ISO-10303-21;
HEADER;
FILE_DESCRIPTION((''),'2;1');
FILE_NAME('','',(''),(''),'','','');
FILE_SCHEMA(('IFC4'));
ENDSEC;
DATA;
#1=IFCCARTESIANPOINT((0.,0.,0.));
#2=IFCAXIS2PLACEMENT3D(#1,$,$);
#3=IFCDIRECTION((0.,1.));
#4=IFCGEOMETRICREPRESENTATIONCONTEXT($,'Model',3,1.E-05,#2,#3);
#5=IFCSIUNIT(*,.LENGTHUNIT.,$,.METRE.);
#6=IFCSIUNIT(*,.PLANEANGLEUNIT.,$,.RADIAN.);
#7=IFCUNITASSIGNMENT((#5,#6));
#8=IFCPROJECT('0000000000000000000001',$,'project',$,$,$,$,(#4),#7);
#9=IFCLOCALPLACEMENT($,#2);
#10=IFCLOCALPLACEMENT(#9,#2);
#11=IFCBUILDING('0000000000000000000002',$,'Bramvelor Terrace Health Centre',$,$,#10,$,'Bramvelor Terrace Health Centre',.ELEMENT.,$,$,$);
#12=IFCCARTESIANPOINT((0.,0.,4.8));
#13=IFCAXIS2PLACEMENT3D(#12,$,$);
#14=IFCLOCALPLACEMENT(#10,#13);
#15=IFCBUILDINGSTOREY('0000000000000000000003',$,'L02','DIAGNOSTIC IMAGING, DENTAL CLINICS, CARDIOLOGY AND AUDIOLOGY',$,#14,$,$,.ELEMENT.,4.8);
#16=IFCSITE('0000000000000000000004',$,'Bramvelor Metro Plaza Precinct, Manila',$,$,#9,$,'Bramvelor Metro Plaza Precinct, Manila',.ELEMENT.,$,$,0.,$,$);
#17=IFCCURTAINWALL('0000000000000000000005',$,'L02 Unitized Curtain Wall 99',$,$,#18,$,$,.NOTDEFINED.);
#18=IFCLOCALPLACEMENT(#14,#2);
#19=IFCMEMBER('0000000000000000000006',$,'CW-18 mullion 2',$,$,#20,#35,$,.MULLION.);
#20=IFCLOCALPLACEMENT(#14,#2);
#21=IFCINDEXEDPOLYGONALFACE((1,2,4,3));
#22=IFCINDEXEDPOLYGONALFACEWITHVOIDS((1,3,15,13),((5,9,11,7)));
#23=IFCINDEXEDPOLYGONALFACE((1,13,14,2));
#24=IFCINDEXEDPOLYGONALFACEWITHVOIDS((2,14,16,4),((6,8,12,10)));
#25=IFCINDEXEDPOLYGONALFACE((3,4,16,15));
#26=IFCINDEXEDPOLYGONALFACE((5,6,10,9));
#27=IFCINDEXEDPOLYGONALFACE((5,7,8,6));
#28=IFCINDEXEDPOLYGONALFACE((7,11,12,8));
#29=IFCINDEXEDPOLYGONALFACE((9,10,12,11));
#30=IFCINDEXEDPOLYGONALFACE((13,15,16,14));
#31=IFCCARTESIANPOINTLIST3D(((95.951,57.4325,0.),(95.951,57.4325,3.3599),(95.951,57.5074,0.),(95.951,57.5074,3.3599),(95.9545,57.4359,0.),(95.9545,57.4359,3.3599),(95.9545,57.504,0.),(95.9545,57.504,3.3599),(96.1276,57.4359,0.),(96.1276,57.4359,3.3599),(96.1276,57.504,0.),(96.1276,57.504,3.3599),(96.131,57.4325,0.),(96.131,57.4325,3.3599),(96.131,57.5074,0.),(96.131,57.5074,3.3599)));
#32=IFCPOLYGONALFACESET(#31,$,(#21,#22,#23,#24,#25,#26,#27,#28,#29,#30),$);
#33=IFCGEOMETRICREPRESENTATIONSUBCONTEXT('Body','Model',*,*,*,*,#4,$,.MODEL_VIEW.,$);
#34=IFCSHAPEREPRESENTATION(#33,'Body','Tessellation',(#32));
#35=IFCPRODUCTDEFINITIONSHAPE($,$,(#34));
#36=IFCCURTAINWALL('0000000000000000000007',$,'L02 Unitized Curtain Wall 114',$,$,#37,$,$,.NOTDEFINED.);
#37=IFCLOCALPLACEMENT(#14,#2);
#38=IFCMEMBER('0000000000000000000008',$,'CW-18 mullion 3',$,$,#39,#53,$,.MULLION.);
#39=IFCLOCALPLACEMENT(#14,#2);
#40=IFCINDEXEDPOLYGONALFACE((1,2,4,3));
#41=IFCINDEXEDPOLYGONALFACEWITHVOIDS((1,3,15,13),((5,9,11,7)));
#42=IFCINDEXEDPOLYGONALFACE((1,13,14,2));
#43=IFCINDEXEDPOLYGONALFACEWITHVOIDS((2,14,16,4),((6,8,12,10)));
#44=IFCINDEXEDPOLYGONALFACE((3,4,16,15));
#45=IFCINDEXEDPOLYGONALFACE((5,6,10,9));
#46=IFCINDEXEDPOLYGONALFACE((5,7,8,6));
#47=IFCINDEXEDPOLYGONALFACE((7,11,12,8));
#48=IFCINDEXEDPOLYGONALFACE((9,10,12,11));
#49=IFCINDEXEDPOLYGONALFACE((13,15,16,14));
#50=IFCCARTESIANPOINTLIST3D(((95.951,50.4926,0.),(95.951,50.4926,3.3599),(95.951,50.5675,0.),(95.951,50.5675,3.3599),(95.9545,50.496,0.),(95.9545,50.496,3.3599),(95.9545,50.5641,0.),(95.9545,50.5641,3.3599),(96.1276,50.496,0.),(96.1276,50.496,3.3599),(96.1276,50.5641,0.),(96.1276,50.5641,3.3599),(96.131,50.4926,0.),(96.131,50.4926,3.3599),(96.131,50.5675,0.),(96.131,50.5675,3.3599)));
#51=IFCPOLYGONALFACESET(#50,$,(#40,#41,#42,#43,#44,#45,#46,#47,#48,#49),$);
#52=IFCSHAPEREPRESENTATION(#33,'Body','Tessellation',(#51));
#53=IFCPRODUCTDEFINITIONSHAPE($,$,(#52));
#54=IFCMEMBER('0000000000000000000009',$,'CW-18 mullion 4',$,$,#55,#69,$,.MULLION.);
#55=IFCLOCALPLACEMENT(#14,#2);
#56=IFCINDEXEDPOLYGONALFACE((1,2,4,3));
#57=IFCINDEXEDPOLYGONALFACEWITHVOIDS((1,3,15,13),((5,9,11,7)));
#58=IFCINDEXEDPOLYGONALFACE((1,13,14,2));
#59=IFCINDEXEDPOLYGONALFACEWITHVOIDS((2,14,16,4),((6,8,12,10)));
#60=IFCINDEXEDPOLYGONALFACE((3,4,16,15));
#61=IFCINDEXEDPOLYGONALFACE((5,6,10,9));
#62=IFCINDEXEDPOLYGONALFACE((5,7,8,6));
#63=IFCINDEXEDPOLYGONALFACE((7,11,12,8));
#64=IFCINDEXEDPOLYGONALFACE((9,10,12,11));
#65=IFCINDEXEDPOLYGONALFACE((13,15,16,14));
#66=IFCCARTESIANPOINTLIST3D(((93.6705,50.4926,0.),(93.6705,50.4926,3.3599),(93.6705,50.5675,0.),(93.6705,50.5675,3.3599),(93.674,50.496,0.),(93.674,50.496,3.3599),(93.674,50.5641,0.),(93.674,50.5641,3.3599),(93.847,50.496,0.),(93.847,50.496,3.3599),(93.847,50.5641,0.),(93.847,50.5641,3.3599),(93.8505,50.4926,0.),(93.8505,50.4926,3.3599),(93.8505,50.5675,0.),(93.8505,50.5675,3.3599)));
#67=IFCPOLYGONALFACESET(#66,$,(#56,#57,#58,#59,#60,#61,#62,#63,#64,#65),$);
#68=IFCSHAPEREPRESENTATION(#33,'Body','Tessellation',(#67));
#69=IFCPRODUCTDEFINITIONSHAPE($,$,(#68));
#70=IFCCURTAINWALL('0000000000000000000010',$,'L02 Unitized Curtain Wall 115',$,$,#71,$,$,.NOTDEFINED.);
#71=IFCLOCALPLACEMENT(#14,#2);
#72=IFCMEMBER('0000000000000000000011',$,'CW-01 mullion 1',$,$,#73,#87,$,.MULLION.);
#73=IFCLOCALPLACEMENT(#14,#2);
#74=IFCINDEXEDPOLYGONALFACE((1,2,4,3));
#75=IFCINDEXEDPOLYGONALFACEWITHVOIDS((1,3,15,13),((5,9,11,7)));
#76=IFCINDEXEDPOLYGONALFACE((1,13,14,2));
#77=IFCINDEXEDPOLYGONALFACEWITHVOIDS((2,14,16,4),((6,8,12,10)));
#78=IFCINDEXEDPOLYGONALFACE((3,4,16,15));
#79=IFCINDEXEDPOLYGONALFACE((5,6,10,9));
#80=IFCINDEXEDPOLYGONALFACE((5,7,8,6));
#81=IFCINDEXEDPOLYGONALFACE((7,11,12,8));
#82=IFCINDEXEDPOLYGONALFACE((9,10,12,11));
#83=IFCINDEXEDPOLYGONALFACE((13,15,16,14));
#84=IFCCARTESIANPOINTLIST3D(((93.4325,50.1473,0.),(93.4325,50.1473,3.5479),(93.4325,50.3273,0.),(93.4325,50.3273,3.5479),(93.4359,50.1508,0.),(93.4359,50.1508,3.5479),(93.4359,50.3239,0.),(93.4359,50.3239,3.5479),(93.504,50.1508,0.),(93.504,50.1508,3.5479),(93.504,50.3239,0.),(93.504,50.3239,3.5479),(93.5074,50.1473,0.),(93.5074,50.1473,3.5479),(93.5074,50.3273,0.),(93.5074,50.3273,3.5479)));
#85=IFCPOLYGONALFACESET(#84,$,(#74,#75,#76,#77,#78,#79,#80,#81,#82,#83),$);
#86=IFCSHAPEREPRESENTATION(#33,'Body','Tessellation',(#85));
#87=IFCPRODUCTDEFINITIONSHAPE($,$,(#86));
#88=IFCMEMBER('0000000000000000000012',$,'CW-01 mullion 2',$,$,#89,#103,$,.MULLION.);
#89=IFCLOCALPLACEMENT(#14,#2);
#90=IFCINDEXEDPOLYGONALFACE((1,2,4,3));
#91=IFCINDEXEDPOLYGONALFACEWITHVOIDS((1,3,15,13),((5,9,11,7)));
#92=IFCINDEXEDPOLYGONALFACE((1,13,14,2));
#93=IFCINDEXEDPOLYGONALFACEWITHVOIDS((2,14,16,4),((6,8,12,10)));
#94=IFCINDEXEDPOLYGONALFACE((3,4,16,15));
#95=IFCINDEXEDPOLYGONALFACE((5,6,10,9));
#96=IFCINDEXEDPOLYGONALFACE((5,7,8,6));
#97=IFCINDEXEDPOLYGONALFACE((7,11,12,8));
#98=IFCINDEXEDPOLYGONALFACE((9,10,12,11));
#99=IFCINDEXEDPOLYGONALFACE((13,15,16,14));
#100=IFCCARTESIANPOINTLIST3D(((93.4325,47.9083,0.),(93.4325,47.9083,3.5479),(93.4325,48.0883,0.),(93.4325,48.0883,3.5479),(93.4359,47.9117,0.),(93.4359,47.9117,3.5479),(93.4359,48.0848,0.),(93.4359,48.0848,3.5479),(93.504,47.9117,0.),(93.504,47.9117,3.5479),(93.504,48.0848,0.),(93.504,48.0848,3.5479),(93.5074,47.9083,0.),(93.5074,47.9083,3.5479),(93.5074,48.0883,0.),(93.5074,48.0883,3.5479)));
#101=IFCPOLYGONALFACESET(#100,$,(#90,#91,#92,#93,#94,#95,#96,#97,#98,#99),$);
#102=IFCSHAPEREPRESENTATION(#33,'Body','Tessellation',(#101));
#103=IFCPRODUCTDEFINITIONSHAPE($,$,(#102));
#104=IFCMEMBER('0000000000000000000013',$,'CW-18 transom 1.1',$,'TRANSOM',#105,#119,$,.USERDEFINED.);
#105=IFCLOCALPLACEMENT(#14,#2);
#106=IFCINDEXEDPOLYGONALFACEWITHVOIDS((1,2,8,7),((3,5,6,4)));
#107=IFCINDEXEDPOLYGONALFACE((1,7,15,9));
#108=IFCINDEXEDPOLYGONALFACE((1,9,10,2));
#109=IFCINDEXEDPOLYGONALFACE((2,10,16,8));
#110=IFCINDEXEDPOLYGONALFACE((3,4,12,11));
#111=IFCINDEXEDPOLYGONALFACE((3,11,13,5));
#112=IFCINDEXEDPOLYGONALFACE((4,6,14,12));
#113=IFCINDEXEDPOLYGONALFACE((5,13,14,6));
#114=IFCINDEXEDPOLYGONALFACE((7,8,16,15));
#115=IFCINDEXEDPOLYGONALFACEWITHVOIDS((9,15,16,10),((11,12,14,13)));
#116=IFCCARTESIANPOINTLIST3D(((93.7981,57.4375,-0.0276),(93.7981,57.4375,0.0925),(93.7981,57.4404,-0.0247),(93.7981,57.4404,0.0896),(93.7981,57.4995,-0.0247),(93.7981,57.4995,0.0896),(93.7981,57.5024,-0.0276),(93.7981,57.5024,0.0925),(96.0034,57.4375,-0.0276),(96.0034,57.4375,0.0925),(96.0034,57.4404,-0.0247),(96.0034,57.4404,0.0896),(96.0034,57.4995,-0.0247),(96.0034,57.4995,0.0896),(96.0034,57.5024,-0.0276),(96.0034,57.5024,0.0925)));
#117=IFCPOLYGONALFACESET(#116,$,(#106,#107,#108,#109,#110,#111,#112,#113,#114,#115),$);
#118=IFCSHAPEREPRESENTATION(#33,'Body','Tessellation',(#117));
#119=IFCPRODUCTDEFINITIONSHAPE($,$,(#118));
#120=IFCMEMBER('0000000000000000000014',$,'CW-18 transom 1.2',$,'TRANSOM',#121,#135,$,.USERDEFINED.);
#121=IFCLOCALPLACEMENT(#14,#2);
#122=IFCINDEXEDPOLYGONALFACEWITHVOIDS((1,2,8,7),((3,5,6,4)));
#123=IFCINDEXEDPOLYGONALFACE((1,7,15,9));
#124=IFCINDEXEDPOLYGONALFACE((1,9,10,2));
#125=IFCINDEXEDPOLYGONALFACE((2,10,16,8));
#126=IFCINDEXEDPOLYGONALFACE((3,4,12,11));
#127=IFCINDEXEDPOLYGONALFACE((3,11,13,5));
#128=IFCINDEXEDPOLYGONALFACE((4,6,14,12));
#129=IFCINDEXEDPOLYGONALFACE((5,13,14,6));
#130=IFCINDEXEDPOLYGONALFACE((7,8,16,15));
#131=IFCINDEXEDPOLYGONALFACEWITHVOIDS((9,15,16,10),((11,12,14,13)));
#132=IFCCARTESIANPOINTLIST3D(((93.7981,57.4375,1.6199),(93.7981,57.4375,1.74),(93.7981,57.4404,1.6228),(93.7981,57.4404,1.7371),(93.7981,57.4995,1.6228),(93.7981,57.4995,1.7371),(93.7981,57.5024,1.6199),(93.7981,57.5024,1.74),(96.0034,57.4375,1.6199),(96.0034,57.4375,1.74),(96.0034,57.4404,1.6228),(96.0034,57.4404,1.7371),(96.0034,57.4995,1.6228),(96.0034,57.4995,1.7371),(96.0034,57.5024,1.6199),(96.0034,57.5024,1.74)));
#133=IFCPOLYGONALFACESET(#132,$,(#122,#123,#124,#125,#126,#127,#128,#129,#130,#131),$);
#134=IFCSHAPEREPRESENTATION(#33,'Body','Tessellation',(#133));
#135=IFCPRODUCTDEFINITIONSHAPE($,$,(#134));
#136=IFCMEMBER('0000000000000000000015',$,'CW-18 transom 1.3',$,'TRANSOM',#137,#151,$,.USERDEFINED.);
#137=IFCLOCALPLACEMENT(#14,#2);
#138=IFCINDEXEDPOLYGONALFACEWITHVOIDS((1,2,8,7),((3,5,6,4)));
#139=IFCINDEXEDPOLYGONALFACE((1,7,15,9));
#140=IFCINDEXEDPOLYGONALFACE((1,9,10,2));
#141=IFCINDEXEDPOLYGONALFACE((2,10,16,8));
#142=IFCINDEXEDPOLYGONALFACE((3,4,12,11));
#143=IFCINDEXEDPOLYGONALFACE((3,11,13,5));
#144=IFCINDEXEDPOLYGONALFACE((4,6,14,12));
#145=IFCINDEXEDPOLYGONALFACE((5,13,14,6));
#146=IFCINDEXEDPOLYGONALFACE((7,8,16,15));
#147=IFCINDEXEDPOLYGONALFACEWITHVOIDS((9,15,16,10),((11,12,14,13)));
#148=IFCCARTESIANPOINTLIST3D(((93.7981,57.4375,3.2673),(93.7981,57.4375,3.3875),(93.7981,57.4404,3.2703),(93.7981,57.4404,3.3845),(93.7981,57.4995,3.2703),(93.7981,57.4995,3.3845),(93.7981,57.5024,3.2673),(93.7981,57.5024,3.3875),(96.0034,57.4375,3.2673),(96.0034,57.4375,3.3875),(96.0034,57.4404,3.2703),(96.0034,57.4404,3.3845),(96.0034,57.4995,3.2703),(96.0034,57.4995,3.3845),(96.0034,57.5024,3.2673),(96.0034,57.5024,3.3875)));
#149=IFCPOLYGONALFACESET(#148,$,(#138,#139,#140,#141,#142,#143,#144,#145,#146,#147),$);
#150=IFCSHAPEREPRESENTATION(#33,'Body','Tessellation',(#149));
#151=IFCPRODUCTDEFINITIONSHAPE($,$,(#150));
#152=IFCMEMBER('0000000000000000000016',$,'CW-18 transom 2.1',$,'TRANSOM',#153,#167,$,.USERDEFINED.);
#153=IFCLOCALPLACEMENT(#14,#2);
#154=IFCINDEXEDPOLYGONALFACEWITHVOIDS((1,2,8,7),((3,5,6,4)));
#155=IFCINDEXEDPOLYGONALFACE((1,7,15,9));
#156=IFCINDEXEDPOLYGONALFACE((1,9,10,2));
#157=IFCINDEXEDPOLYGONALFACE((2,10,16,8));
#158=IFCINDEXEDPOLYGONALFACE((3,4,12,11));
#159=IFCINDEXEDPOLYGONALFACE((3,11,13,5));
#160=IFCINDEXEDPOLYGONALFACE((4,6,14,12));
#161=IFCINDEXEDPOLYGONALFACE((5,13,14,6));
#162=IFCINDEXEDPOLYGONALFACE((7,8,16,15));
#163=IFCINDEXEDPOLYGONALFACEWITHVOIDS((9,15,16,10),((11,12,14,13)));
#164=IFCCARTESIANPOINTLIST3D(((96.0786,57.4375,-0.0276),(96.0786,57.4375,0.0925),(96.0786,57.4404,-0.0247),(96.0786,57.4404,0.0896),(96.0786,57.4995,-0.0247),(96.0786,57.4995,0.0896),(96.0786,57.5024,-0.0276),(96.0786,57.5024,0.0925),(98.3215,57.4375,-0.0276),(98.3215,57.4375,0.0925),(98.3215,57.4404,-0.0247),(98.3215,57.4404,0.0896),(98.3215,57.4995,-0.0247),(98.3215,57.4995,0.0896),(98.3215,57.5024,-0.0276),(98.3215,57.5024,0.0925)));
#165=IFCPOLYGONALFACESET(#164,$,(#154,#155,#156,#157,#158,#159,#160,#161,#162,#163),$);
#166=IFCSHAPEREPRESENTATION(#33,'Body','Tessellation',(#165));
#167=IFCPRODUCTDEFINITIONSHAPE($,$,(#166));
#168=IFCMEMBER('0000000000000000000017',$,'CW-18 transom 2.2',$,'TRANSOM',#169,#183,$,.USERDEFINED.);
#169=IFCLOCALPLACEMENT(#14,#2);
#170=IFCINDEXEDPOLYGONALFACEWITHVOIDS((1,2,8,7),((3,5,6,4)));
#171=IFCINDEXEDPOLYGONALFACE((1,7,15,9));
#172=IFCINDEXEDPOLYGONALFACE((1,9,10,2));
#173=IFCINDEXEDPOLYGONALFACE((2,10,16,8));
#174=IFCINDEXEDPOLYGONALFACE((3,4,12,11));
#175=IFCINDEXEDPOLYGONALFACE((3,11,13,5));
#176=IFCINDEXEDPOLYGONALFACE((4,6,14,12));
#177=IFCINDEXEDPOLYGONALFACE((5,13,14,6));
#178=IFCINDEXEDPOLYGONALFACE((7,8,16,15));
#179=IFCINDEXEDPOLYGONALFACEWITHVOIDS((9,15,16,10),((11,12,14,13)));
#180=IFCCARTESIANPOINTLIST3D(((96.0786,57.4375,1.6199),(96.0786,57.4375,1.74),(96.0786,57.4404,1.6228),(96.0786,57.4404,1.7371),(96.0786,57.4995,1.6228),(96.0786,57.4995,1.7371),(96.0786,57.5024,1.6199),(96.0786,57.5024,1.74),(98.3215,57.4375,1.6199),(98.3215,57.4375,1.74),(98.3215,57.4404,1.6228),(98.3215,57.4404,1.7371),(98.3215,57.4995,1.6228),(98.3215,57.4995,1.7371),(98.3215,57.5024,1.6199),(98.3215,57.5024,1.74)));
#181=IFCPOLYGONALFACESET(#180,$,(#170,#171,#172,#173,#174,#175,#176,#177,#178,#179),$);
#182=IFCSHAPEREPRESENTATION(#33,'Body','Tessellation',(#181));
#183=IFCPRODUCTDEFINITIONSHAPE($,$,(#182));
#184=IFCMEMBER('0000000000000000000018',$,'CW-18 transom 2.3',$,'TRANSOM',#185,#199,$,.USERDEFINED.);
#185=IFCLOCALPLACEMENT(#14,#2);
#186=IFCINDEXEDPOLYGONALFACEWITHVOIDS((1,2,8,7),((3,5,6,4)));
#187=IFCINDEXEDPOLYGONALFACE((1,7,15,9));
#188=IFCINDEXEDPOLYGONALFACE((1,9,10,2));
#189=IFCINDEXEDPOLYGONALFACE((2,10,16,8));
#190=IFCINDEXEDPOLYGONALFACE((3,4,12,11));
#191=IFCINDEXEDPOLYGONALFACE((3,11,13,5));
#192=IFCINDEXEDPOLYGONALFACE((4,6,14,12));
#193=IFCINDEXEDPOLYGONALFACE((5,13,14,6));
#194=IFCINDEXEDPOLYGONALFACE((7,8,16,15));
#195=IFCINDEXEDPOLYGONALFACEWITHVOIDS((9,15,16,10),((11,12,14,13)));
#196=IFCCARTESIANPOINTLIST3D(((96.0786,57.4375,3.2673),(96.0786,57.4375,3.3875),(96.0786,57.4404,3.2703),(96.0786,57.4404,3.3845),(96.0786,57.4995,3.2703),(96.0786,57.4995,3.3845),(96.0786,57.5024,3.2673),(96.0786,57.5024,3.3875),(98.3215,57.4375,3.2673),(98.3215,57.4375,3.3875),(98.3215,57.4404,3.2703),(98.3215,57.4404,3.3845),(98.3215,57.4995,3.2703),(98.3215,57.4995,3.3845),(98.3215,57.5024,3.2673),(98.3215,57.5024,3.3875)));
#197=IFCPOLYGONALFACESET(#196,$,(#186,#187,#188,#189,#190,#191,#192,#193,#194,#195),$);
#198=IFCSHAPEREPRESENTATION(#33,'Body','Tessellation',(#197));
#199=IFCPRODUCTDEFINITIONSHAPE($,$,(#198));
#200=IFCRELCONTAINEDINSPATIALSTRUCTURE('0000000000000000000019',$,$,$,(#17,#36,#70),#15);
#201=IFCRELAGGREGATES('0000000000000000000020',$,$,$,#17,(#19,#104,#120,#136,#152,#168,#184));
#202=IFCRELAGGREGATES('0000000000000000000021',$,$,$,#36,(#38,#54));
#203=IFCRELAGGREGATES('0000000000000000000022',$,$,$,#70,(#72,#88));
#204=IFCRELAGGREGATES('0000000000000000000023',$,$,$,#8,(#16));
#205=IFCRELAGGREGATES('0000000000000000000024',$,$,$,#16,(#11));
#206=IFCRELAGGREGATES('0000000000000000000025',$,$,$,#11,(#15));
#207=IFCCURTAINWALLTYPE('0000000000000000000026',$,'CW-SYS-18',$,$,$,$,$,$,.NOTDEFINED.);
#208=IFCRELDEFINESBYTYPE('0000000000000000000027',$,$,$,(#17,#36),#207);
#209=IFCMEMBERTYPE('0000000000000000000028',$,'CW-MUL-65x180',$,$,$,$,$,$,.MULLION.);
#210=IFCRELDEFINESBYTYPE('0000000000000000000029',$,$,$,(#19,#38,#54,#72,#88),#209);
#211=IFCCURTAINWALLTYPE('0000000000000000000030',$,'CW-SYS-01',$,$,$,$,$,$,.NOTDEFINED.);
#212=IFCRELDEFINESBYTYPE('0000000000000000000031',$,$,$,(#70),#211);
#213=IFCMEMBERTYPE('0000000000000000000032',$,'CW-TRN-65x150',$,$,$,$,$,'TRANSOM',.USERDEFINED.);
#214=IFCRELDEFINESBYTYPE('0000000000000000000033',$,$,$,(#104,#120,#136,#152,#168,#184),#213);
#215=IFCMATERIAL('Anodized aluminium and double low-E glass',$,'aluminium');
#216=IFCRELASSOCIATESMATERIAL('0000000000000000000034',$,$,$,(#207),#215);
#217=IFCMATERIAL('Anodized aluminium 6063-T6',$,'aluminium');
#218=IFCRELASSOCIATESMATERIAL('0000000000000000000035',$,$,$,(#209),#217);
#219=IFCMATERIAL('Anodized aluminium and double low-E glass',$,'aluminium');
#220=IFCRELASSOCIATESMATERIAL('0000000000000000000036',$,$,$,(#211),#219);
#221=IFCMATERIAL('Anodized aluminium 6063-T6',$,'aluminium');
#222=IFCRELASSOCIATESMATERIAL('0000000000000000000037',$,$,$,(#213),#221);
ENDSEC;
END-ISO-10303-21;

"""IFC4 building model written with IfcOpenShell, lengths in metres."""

from ifc_helpers import new_model, si_unit, direction, frame, origin, origin_2d, place, context, subcontext, project, spatial, hollow_rectangle, extrude, material, material_profile, profile_set, type_object, element, aggregate, save


model = new_model("IFC4")

# Units and contexts
model_context = context("Model", 3, precision=1e-05, world=origin(), true_north=direction((0.0, 1.0)))
body_context = subcontext(model_context, "Body", "Model", "MODEL_VIEW")
ifc_project = project(units=[si_unit("LENGTHUNIT", "METRE"), si_unit("PLANEANGLEUNIT", "RADIAN")], contexts=[model_context])

# Site, building, storey
site_placement = place(None, origin())
site = spatial("IfcSite", under=ifc_project, at=site_placement, Name="Bramvelor Metro Plaza Precinct, Manila", LongName="Bramvelor Metro Plaza Precinct, Manila", CompositionType="ELEMENT", RefElevation=0.0)
building_placement = place(site_placement, origin())
building = spatial("IfcBuilding", under=site, at=building_placement, Name="Bramvelor Terrace Health Centre", LongName="Bramvelor Terrace Health Centre", CompositionType="ELEMENT")
storey_placement = place(building_placement, frame((0.0, 0.0, 4.8)))
storey = spatial("IfcBuildingStorey", under=building, at=storey_placement, Name="L02", Description="DIAGNOSTIC IMAGING, DENTAL CLINICS, CARDIOLOGY AND AUDIOLOGY", CompositionType="ELEMENT", Elevation=4.8)

# Curtain walls, members
ifc_material_1 = material(Name="Anodized aluminium and double low-E glass", Category="aluminium")
curtain_wall_type_1 = type_object("IfcCurtainWallType", Name="CW-SYS-18", PredefinedType="NOTDEFINED", material=ifc_material_1)
curtain_wall_1_placement = place(storey_placement, origin())
curtain_wall_1 = element("IfcCurtainWall", 1, at=curtain_wall_1_placement, inside=storey, type_object=curtain_wall_type_1, Name="L02 Unitized Curtain Wall 99", PredefinedType="NOTDEFINED")
ifc_material_2 = material(Name="Anodized aluminium 6063-T6", Category="aluminium")
ifc_material_profile_1 = material_profile(ifc_material_2, hollow_rectangle(XDim=0.075, YDim=0.1799, WallThickness=0.0034, at=origin_2d()), Name="ALU-MUL 75x180x3.5")
ifc_profile_set_1 = profile_set([ifc_material_profile_1], Name="Anodized aluminium 6063-T6")
member_type_1 = type_object("IfcMemberType", Name="CW-MUL-65x180", PredefinedType="MULLION", material=ifc_profile_set_1)
member_1_placement = place(storey_placement, frame((96.041, 57.47, 0.0), z_axis=(0.0, 0.0, 1.0), x_axis=(0.0, 1.0, 0.0)))
member_1 = element("IfcMember", 2, at=member_1_placement, type_object=member_type_1, Name="CW-18 mullion 2", PredefinedType="MULLION", context=body_context, shape_type="SweptSolid", body=[
    extrude(hollow_rectangle(XDim=0.075, YDim=0.1799, WallThickness=0.0034, at=origin_2d()), origin(), (0.0, 0.0, 1.0), 3.3599),
])
curtain_wall_2_placement = place(storey_placement, origin())
curtain_wall_2 = element("IfcCurtainWall", 3, at=curtain_wall_2_placement, inside=storey, type_object=curtain_wall_type_1, Name="L02 Unitized Curtain Wall 114", PredefinedType="NOTDEFINED")
member_2_placement = place(storey_placement, frame((96.041, 50.53, 0.0), z_axis=(0.0, 0.0, 1.0), x_axis=(0.0, -1.0, 0.0)))
member_2 = element("IfcMember", 4, at=member_2_placement, type_object=member_type_1, Name="CW-18 mullion 3", PredefinedType="MULLION", context=body_context, shape_type="SweptSolid", body=[
    extrude(hollow_rectangle(XDim=0.075, YDim=0.1799, WallThickness=0.0034, at=origin_2d()), origin(), (0.0, 0.0, 1.0), 3.3599),
])
member_3_placement = place(storey_placement, frame((93.7605, 50.53, 0.0), z_axis=(0.0, 0.0, 1.0), x_axis=(0.0, -1.0, 0.0)))
member_3 = element("IfcMember", 5, at=member_3_placement, type_object=member_type_1, Name="CW-18 mullion 4", PredefinedType="MULLION", context=body_context, shape_type="SweptSolid", body=[
    extrude(hollow_rectangle(XDim=0.075, YDim=0.1799, WallThickness=0.0034, at=origin_2d()), origin(), (0.0, 0.0, 1.0), 3.3599),
])
ifc_material_3 = material(Name="Anodized aluminium and double low-E glass", Category="aluminium")
curtain_wall_type_2 = type_object("IfcCurtainWallType", Name="CW-SYS-01", PredefinedType="NOTDEFINED", material=ifc_material_3)
curtain_wall_3_placement = place(storey_placement, origin())
curtain_wall_3 = element("IfcCurtainWall", 6, at=curtain_wall_3_placement, inside=storey, type_object=curtain_wall_type_2, Name="L02 Unitized Curtain Wall 115", PredefinedType="NOTDEFINED")
member_4_placement = place(storey_placement, frame((93.47, 50.2373, 0.0), z_axis=(0.0, 0.0, 1.0), x_axis=(1.0, 0.0, 0.0)))
member_4 = element("IfcMember", 7, at=member_4_placement, type_object=member_type_1, Name="CW-01 mullion 1", PredefinedType="MULLION", context=body_context, shape_type="SweptSolid", body=[
    extrude(hollow_rectangle(XDim=0.075, YDim=0.1799, WallThickness=0.0034, at=origin_2d()), origin(), (0.0, 0.0, 1.0), 3.5479),
])
member_5_placement = place(storey_placement, frame((93.47, 47.9983, 0.0), z_axis=(0.0, 0.0, 1.0), x_axis=(1.0, 0.0, 0.0)))
member_5 = element("IfcMember", 8, at=member_5_placement, type_object=member_type_1, Name="CW-01 mullion 2", PredefinedType="MULLION", context=body_context, shape_type="SweptSolid", body=[
    extrude(hollow_rectangle(XDim=0.075, YDim=0.1799, WallThickness=0.0034, at=origin_2d()), origin(), (0.0, 0.0, 1.0), 3.5479),
])

# Members
ifc_material_4 = material(Name="Anodized aluminium 6063-T6", Category="aluminium")
ifc_material_profile_2 = material_profile(ifc_material_4, hollow_rectangle(XDim=0.0649, YDim=0.1201, WallThickness=0.0029, at=origin_2d()), Name="ALU-TRN 65x120x3.0")
ifc_profile_set_2 = profile_set([ifc_material_profile_2], Name="Anodized aluminium 6063-T6")
member_type_2 = type_object("IfcMemberType", Name="CW-TRN-65x150", ElementType="TRANSOM", PredefinedType="USERDEFINED", material=ifc_profile_set_2)
member_6_placement = place(storey_placement, frame((93.7981, 57.47, 0.0325), z_axis=(1.0, 0.0, 0.0), x_axis=(0.0, 1.0, 0.0)))
member_6 = element("IfcMember", 9, at=member_6_placement, type_object=member_type_2, Name="CW-18 transom 1.1", ObjectType="TRANSOM", PredefinedType="USERDEFINED", context=body_context, shape_type="SweptSolid", body=[
    extrude(hollow_rectangle(XDim=0.0649, YDim=0.1201, WallThickness=0.0029, at=origin_2d()), origin(), (0.0, 0.0, 1.0), 2.2053),
])
member_7_placement = place(storey_placement, frame((93.7981, 57.47, 1.6799), z_axis=(1.0, 0.0, 0.0), x_axis=(0.0, 1.0, 0.0)))
member_7 = element("IfcMember", 10, at=member_7_placement, type_object=member_type_2, Name="CW-18 transom 1.2", ObjectType="TRANSOM", PredefinedType="USERDEFINED", context=body_context, shape_type="SweptSolid", body=[
    extrude(hollow_rectangle(XDim=0.0649, YDim=0.1201, WallThickness=0.0029, at=origin_2d()), origin(), (0.0, 0.0, 1.0), 2.2053),
])
member_8_placement = place(storey_placement, frame((93.7981, 57.47, 3.3274), z_axis=(1.0, 0.0, 0.0), x_axis=(0.0, 1.0, 0.0)))
member_8 = element("IfcMember", 11, at=member_8_placement, type_object=member_type_2, Name="CW-18 transom 1.3", ObjectType="TRANSOM", PredefinedType="USERDEFINED", context=body_context, shape_type="SweptSolid", body=[
    extrude(hollow_rectangle(XDim=0.0649, YDim=0.1201, WallThickness=0.0029, at=origin_2d()), origin(), (0.0, 0.0, 1.0), 2.2053),
])
member_9_placement = place(storey_placement, frame((96.0786, 57.47, 0.0325), z_axis=(1.0, 0.0, 0.0), x_axis=(0.0, 1.0, 0.0)))
member_9 = element("IfcMember", 12, at=member_9_placement, type_object=member_type_2, Name="CW-18 transom 2.1", ObjectType="TRANSOM", PredefinedType="USERDEFINED", context=body_context, shape_type="SweptSolid", body=[
    extrude(hollow_rectangle(XDim=0.0649, YDim=0.1201, WallThickness=0.0029, at=origin_2d()), origin(), (0.0, 0.0, 1.0), 2.2429),
])
member_10_placement = place(storey_placement, frame((96.0786, 57.47, 1.6799), z_axis=(1.0, 0.0, 0.0), x_axis=(0.0, 1.0, 0.0)))
member_10 = element("IfcMember", 13, at=member_10_placement, type_object=member_type_2, Name="CW-18 transom 2.2", ObjectType="TRANSOM", PredefinedType="USERDEFINED", context=body_context, shape_type="SweptSolid", body=[
    extrude(hollow_rectangle(XDim=0.0649, YDim=0.1201, WallThickness=0.0029, at=origin_2d()), origin(), (0.0, 0.0, 1.0), 2.2429),
])
member_11_placement = place(storey_placement, frame((96.0786, 57.47, 3.3274), z_axis=(1.0, 0.0, 0.0), x_axis=(0.0, 1.0, 0.0)))
member_11 = element("IfcMember", 14, at=member_11_placement, type_object=member_type_2, Name="CW-18 transom 2.3", ObjectType="TRANSOM", PredefinedType="USERDEFINED", context=body_context, shape_type="SweptSolid", body=[
    extrude(hollow_rectangle(XDim=0.0649, YDim=0.1201, WallThickness=0.0029, at=origin_2d()), origin(), (0.0, 0.0, 1.0), 2.2429),
])

aggregate(curtain_wall_1, [member_1, member_6, member_7, member_8, member_9, member_10, member_11])
aggregate(curtain_wall_2, [member_2, member_3])
aggregate(curtain_wall_3, [member_4, member_5])

save(model, "model.ifc")
